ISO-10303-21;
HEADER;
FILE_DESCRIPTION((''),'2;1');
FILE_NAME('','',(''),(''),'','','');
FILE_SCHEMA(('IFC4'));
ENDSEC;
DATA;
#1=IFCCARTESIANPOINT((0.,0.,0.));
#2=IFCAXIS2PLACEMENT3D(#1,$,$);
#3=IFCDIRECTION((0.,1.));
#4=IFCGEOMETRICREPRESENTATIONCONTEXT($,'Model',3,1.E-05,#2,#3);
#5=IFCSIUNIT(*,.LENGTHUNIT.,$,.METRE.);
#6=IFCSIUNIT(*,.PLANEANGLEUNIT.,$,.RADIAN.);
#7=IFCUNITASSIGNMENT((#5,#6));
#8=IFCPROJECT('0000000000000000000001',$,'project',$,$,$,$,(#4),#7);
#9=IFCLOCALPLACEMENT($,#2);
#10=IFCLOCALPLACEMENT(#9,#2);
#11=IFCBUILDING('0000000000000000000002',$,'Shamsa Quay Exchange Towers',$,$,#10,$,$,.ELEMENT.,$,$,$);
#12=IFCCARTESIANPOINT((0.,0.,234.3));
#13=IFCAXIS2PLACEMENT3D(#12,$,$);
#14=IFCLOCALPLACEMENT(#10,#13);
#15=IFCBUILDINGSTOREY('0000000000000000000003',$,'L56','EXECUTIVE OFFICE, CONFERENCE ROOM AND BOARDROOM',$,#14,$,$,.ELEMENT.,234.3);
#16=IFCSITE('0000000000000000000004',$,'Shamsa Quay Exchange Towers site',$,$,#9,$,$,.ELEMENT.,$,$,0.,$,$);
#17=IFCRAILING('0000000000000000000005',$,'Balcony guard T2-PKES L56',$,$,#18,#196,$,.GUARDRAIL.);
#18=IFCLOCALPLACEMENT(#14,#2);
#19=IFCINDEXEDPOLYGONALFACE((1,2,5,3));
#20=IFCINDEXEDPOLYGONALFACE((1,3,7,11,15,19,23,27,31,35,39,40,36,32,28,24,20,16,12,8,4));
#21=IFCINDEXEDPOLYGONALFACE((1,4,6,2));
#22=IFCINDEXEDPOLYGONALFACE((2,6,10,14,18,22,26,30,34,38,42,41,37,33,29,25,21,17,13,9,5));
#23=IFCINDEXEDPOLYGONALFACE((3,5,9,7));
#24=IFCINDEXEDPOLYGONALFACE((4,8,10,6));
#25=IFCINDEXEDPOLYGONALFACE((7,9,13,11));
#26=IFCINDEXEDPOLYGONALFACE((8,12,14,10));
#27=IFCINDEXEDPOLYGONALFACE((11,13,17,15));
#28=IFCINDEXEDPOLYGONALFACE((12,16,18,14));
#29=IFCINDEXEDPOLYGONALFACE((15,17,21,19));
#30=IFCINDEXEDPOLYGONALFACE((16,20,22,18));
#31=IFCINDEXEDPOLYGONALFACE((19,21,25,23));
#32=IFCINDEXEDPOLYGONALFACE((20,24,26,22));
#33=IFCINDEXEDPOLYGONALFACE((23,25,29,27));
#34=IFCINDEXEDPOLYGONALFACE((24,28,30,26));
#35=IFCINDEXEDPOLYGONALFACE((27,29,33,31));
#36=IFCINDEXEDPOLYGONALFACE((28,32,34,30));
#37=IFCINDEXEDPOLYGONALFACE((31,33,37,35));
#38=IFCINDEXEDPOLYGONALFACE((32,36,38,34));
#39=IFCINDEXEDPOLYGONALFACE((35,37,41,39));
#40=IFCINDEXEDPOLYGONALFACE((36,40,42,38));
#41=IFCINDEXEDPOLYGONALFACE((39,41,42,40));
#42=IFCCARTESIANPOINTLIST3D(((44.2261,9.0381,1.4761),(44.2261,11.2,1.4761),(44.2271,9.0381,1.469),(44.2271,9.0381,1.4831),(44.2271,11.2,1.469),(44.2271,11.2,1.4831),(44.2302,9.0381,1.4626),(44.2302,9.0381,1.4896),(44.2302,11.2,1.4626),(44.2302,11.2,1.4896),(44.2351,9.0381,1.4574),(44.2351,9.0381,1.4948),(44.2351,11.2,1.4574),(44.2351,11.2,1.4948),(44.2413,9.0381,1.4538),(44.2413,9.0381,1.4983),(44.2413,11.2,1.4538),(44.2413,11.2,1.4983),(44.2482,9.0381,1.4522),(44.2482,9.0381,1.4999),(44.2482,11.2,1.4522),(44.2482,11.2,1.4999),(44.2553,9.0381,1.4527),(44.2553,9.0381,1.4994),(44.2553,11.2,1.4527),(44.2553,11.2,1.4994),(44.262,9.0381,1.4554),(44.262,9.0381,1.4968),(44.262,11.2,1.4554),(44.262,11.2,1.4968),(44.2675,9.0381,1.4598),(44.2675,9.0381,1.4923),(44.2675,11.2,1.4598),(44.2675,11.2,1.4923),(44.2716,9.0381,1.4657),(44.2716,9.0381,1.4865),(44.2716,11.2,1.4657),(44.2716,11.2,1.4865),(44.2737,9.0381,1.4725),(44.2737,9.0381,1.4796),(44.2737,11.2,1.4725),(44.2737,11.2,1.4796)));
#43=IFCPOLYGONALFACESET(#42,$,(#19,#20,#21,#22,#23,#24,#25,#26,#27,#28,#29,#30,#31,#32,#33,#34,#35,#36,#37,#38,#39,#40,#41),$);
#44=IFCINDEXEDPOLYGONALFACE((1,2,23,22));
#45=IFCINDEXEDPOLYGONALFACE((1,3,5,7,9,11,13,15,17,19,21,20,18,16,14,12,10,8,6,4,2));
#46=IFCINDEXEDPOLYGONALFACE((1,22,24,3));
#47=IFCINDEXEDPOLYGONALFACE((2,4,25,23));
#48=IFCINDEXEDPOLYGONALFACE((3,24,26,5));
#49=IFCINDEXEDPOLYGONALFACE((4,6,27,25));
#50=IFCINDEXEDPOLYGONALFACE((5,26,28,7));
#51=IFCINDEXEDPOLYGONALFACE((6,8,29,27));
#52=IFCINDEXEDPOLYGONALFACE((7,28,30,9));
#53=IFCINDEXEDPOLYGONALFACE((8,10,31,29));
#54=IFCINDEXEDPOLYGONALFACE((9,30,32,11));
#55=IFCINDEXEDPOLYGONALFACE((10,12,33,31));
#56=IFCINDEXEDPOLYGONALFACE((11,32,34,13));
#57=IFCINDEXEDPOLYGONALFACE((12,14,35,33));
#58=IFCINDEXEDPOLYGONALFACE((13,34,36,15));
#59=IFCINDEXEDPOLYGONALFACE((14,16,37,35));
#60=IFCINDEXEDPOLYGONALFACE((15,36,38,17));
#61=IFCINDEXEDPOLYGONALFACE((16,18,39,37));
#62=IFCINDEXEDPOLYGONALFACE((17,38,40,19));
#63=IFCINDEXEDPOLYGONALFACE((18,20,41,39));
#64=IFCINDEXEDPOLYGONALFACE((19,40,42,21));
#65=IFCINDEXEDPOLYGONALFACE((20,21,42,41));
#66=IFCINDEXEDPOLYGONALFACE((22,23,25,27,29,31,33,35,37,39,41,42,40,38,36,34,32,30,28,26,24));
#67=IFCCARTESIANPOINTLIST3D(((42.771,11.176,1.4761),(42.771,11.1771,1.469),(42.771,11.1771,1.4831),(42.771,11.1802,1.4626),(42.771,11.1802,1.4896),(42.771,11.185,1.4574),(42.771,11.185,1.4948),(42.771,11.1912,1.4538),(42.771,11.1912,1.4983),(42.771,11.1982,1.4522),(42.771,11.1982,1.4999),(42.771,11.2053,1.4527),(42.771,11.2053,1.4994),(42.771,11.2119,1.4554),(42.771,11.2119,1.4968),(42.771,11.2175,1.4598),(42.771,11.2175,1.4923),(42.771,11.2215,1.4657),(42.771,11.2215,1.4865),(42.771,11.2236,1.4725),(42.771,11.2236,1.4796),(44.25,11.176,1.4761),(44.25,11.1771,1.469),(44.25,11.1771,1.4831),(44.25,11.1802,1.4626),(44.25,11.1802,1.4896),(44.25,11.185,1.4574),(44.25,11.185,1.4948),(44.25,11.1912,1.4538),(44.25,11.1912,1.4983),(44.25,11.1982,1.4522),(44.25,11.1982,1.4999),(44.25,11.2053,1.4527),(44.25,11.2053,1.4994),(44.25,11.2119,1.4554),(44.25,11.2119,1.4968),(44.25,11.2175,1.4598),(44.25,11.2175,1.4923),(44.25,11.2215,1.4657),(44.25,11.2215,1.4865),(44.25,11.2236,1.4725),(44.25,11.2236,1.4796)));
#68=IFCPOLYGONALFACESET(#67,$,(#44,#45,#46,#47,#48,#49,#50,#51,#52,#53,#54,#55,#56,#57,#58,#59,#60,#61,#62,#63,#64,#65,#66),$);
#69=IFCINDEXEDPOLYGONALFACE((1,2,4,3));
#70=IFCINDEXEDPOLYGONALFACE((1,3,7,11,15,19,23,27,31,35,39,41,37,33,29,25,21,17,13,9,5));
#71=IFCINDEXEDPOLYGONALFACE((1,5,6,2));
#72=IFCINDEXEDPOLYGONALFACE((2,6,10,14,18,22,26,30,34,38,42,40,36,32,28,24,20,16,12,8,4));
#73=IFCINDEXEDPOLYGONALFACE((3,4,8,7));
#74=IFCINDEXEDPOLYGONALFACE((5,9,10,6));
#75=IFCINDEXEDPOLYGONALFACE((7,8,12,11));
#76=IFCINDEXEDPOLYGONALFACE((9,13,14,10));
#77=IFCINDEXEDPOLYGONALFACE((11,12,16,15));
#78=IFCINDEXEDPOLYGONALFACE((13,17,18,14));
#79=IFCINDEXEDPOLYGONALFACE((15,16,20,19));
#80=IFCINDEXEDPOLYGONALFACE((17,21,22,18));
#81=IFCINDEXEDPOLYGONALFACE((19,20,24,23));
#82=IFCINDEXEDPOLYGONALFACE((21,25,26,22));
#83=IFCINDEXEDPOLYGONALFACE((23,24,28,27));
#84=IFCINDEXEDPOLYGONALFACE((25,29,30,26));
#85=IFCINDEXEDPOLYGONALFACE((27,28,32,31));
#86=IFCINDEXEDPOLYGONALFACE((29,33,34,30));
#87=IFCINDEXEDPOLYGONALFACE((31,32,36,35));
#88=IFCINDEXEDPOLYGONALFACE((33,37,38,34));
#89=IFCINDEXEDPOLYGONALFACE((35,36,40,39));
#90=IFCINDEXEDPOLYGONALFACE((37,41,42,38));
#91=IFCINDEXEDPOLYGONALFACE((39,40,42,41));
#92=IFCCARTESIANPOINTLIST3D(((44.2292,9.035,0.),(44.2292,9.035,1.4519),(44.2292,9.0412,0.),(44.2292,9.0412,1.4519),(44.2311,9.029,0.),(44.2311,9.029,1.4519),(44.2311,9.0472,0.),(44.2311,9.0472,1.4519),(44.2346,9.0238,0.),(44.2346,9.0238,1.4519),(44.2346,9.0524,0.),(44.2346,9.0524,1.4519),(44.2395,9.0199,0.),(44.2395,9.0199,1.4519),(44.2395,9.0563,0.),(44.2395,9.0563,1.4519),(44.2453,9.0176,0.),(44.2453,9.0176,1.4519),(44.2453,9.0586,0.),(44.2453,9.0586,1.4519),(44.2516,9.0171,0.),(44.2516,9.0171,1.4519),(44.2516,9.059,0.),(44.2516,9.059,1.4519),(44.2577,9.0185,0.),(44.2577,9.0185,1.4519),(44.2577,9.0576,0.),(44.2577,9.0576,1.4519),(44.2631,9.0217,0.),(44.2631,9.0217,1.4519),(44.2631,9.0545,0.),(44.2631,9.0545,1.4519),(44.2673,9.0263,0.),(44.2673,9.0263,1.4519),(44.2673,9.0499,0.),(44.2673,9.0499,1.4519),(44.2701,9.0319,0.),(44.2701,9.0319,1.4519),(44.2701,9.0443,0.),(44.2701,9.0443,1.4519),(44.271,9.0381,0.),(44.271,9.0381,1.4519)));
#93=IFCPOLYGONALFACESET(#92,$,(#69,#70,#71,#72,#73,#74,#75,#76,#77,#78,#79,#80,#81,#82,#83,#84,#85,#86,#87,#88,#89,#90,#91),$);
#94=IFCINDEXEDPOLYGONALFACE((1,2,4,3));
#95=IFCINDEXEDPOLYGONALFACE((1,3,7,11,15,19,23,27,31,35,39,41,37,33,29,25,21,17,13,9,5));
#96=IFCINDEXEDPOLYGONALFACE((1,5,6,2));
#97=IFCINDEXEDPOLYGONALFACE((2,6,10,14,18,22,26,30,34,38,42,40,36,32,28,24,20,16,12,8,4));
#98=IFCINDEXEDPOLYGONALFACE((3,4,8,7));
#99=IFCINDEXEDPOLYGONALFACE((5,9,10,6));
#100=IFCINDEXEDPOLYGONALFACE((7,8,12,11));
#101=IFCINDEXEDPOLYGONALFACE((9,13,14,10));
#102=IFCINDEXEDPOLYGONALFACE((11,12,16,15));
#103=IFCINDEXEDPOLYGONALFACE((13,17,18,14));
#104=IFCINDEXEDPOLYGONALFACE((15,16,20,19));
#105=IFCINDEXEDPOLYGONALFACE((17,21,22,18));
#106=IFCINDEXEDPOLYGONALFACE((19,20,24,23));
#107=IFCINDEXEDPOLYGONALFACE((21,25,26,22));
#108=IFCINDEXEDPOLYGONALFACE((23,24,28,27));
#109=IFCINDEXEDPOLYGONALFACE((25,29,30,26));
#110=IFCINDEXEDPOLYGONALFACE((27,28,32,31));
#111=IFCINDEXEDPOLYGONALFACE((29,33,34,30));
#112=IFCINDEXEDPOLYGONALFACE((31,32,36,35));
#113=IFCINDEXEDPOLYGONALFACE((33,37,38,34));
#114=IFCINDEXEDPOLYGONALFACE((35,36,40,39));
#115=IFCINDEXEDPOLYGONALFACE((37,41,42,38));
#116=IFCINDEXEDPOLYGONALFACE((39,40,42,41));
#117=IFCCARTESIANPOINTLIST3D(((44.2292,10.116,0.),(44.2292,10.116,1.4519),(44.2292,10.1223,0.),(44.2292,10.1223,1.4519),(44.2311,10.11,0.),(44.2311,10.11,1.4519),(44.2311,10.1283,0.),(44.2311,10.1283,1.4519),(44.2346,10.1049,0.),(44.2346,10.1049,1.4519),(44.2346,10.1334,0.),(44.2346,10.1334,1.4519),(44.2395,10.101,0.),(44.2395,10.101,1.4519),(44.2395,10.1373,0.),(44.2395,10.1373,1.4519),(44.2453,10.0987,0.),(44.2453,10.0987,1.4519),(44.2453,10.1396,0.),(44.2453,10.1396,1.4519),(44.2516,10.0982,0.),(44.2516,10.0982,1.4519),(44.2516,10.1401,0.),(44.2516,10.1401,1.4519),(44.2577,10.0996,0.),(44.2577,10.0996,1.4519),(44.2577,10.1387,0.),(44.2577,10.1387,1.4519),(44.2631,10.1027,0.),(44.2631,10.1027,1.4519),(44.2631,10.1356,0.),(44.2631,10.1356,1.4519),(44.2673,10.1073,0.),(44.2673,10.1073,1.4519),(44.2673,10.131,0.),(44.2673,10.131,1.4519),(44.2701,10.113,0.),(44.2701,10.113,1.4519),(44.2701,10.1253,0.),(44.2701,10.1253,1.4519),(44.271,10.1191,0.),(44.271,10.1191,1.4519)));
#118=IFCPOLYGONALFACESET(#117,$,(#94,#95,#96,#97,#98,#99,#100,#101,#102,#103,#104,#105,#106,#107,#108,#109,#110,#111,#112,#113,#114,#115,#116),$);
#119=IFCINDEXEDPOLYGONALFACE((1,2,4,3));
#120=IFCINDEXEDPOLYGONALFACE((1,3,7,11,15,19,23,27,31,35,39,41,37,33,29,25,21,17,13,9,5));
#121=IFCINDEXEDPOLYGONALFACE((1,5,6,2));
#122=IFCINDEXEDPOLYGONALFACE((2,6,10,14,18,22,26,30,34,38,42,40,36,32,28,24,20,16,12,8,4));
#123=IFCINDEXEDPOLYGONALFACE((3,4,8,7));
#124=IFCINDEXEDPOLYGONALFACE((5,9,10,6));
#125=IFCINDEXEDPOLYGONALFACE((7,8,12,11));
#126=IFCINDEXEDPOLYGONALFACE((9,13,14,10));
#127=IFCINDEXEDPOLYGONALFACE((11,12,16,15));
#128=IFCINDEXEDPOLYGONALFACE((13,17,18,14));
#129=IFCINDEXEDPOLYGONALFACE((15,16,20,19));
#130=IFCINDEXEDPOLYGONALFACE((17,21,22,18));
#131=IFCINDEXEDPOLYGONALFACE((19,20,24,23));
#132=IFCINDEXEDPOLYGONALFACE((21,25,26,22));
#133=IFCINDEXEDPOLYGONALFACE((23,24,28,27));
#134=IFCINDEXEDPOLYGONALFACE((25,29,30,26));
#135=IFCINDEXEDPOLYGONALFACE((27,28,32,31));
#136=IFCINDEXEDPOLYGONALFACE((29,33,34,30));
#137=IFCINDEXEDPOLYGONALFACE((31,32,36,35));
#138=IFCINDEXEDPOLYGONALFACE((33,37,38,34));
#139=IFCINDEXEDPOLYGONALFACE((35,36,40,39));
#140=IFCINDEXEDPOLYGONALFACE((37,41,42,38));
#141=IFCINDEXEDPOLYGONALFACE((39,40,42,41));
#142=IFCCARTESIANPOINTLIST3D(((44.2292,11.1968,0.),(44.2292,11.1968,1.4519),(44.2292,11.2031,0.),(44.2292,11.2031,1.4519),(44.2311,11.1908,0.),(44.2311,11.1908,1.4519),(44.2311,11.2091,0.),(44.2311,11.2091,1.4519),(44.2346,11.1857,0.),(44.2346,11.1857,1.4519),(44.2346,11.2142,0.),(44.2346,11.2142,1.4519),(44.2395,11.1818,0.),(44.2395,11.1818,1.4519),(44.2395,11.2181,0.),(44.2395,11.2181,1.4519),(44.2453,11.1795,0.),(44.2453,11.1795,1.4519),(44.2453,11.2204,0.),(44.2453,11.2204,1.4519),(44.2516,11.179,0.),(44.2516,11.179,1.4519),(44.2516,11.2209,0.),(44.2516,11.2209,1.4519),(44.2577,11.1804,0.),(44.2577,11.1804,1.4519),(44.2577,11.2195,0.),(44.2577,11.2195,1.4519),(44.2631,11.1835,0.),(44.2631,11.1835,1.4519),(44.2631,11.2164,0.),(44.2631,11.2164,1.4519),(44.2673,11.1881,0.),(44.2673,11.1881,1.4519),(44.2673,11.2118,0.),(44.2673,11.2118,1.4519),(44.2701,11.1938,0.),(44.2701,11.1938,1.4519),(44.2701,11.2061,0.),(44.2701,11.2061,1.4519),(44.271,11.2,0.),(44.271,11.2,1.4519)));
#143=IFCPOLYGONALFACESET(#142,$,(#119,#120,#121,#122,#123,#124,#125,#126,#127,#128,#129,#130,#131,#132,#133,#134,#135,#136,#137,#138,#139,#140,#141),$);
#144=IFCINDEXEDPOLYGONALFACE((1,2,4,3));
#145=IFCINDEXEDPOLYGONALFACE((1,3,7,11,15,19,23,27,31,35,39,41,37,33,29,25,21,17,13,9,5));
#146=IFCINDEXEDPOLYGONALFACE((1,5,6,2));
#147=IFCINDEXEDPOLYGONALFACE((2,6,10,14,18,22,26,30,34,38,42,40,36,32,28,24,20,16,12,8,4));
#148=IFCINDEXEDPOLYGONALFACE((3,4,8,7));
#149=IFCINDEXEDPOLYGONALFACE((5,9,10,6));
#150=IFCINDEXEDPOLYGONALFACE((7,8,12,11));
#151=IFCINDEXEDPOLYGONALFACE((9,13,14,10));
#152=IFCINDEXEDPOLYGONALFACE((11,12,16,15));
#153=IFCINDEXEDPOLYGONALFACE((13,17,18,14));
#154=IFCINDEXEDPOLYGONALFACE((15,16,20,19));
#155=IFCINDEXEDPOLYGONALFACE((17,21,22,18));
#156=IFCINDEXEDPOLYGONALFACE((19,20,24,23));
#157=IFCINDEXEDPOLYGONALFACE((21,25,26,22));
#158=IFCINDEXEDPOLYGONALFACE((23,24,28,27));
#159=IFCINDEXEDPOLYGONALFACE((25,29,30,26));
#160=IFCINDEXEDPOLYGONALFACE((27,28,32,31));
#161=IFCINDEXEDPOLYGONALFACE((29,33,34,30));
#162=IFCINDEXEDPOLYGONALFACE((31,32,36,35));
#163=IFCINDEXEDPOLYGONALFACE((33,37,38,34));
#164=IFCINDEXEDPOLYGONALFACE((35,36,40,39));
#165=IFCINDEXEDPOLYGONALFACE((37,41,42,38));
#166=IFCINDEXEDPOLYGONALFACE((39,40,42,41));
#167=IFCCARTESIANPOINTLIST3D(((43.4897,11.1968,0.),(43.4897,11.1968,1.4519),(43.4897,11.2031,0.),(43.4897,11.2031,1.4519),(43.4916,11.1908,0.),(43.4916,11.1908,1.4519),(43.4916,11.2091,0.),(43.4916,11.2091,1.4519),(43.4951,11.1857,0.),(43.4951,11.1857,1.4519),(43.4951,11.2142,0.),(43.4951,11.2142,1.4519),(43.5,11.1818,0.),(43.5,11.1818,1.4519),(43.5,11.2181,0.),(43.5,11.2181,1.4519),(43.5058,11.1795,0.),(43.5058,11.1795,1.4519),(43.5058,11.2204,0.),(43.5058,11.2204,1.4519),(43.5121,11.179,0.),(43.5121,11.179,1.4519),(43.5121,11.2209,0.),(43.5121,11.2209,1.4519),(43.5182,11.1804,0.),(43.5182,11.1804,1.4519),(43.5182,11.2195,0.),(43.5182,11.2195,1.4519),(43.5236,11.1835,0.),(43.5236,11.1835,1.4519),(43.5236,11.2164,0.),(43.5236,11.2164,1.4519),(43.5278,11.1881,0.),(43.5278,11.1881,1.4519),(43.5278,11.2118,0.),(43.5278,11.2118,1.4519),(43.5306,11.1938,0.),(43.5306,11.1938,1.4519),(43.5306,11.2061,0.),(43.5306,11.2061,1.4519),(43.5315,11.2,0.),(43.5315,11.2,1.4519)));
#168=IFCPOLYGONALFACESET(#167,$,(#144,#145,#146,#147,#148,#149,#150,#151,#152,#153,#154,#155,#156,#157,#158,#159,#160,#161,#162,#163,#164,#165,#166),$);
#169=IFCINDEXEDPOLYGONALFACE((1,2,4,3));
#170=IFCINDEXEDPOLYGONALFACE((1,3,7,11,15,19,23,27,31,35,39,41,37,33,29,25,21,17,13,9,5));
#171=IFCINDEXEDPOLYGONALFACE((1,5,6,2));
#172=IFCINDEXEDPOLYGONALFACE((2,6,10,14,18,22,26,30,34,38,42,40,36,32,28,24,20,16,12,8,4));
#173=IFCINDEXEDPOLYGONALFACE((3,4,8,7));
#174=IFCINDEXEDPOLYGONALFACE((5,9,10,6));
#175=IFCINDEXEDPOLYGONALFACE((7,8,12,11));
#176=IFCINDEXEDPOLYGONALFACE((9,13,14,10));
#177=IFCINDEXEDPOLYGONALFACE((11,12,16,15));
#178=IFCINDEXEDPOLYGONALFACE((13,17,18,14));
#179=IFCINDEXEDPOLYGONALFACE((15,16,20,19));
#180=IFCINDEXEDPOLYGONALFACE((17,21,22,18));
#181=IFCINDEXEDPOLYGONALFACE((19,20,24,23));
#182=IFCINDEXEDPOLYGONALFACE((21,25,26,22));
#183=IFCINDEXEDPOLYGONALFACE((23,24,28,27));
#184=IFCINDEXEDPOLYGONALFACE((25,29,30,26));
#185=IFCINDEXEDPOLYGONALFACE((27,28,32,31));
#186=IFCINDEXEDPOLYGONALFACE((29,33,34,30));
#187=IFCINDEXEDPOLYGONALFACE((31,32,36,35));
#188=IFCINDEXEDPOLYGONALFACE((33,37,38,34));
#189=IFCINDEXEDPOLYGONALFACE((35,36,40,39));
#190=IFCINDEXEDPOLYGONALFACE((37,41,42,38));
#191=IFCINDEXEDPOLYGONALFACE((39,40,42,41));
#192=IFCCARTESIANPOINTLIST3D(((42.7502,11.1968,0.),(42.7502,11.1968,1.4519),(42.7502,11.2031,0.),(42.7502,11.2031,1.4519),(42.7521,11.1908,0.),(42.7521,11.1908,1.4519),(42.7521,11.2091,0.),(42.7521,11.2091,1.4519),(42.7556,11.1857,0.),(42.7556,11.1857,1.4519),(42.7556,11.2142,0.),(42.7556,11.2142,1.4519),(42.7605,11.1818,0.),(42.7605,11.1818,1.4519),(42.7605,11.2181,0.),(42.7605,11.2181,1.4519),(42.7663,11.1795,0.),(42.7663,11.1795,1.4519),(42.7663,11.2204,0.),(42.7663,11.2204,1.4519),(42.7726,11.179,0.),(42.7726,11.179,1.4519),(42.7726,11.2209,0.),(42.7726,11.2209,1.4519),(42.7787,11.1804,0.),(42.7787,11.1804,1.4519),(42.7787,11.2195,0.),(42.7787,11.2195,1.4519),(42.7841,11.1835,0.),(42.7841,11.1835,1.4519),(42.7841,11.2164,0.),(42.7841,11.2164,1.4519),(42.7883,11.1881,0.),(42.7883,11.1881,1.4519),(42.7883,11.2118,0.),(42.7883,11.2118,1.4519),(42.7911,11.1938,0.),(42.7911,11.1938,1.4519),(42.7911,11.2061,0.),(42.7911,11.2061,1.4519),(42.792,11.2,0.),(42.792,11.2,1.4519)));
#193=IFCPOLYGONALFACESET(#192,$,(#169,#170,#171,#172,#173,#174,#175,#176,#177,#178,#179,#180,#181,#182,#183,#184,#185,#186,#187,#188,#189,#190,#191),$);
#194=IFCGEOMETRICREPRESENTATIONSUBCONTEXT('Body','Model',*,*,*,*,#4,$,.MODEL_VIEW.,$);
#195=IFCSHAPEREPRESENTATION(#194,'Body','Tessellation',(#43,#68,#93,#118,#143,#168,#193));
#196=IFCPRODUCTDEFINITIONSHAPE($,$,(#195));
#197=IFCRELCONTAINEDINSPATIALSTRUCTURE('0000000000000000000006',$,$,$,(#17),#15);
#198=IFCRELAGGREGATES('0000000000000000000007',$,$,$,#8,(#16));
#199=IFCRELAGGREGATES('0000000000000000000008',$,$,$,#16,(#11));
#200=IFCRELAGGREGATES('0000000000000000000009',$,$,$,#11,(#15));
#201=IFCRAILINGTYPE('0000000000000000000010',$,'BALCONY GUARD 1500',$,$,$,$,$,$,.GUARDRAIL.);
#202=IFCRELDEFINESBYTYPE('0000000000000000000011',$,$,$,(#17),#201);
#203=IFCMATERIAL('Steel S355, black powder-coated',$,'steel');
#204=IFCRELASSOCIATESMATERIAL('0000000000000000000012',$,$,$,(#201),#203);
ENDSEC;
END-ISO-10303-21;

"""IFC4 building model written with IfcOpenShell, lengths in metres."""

from ifc_helpers import new_model, si_unit, direction, frame, origin, origin_2d, place, context, subcontext, project, spatial, circle, extrude, material, type_object, element, save


model = new_model("IFC4")

# Units and contexts
model_context = context("Model", 3, precision=1e-05, world=origin(), true_north=direction((0.0, 1.0)))
body_context = subcontext(model_context, "Body", "Model", "MODEL_VIEW")
ifc_project = project(units=[si_unit("LENGTHUNIT", "METRE"), si_unit("PLANEANGLEUNIT", "RADIAN")], contexts=[model_context])

# Site, building, storey
site_placement = place(None, origin())
site = spatial("IfcSite", under=ifc_project, at=site_placement, Name="Shamsa Quay Exchange Towers site", CompositionType="ELEMENT", RefElevation=0.0)
building_placement = place(site_placement, origin())
building = spatial("IfcBuilding", under=site, at=building_placement, Name="Shamsa Quay Exchange Towers", CompositionType="ELEMENT")
storey_placement = place(building_placement, frame((0.0, 0.0, 234.3)))
storey = spatial("IfcBuildingStorey", under=building, at=storey_placement, Name="L56", Description="EXECUTIVE OFFICE, CONFERENCE ROOM AND BOARDROOM", CompositionType="ELEMENT", Elevation=234.3)

# Railing
ifc_material_1 = material(Name="Steel S355, black powder-coated", Category="steel")
railing_type_1 = type_object("IfcRailingType", Name="BALCONY GUARD 1500", PredefinedType="GUARDRAIL", material=ifc_material_1)
for number, where, name in (
    (1, (44.25, 9.0381, 0.0), "Balcony guard T2-PKES L56"),
):
    element("IfcRailing", number, at=place(storey_placement, frame(where)), inside=storey, type_object=railing_type_1, Name=name, PredefinedType="GUARDRAIL", context=body_context, shape_type="SweptSolid", body=[
        extrude(circle(Radius=0.0239, at=origin_2d()), frame((0.0, 0.0, 1.4761), z_axis=(0.0, 1.0, 0.0), x_axis=(-1.0, 0.0, 0.0)), (0.0, 0.0, 1.0), 2.1619),
        extrude(circle(Radius=0.0239, at=origin_2d()), frame((0.0, 2.1619, 1.4761), z_axis=(-1.0, 0.0, 0.0), x_axis=(0.0, -1.0, 0.0)), (0.0, 0.0, 1.0), 1.479),
        extrude(circle(Radius=0.021, at=origin_2d()), origin(), (0.0, 0.0, 1.0), 1.4519),
        extrude(circle(Radius=0.021, at=origin_2d()), frame((0.0, 1.0811, 0.0)), (0.0, 0.0, 1.0), 1.4519),
        extrude(circle(Radius=0.021, at=origin_2d()), frame((0.0, 2.1619, 0.0)), (0.0, 0.0, 1.0), 1.4519),
        extrude(circle(Radius=0.021, at=origin_2d()), frame((-0.7395, 2.1619, 0.0)), (0.0, 0.0, 1.0), 1.4519),
        extrude(circle(Radius=0.021, at=origin_2d()), frame((-1.479, 2.1619, 0.0)), (0.0, 0.0, 1.0), 1.4519),
    ])

save(model, "model.ifc")
